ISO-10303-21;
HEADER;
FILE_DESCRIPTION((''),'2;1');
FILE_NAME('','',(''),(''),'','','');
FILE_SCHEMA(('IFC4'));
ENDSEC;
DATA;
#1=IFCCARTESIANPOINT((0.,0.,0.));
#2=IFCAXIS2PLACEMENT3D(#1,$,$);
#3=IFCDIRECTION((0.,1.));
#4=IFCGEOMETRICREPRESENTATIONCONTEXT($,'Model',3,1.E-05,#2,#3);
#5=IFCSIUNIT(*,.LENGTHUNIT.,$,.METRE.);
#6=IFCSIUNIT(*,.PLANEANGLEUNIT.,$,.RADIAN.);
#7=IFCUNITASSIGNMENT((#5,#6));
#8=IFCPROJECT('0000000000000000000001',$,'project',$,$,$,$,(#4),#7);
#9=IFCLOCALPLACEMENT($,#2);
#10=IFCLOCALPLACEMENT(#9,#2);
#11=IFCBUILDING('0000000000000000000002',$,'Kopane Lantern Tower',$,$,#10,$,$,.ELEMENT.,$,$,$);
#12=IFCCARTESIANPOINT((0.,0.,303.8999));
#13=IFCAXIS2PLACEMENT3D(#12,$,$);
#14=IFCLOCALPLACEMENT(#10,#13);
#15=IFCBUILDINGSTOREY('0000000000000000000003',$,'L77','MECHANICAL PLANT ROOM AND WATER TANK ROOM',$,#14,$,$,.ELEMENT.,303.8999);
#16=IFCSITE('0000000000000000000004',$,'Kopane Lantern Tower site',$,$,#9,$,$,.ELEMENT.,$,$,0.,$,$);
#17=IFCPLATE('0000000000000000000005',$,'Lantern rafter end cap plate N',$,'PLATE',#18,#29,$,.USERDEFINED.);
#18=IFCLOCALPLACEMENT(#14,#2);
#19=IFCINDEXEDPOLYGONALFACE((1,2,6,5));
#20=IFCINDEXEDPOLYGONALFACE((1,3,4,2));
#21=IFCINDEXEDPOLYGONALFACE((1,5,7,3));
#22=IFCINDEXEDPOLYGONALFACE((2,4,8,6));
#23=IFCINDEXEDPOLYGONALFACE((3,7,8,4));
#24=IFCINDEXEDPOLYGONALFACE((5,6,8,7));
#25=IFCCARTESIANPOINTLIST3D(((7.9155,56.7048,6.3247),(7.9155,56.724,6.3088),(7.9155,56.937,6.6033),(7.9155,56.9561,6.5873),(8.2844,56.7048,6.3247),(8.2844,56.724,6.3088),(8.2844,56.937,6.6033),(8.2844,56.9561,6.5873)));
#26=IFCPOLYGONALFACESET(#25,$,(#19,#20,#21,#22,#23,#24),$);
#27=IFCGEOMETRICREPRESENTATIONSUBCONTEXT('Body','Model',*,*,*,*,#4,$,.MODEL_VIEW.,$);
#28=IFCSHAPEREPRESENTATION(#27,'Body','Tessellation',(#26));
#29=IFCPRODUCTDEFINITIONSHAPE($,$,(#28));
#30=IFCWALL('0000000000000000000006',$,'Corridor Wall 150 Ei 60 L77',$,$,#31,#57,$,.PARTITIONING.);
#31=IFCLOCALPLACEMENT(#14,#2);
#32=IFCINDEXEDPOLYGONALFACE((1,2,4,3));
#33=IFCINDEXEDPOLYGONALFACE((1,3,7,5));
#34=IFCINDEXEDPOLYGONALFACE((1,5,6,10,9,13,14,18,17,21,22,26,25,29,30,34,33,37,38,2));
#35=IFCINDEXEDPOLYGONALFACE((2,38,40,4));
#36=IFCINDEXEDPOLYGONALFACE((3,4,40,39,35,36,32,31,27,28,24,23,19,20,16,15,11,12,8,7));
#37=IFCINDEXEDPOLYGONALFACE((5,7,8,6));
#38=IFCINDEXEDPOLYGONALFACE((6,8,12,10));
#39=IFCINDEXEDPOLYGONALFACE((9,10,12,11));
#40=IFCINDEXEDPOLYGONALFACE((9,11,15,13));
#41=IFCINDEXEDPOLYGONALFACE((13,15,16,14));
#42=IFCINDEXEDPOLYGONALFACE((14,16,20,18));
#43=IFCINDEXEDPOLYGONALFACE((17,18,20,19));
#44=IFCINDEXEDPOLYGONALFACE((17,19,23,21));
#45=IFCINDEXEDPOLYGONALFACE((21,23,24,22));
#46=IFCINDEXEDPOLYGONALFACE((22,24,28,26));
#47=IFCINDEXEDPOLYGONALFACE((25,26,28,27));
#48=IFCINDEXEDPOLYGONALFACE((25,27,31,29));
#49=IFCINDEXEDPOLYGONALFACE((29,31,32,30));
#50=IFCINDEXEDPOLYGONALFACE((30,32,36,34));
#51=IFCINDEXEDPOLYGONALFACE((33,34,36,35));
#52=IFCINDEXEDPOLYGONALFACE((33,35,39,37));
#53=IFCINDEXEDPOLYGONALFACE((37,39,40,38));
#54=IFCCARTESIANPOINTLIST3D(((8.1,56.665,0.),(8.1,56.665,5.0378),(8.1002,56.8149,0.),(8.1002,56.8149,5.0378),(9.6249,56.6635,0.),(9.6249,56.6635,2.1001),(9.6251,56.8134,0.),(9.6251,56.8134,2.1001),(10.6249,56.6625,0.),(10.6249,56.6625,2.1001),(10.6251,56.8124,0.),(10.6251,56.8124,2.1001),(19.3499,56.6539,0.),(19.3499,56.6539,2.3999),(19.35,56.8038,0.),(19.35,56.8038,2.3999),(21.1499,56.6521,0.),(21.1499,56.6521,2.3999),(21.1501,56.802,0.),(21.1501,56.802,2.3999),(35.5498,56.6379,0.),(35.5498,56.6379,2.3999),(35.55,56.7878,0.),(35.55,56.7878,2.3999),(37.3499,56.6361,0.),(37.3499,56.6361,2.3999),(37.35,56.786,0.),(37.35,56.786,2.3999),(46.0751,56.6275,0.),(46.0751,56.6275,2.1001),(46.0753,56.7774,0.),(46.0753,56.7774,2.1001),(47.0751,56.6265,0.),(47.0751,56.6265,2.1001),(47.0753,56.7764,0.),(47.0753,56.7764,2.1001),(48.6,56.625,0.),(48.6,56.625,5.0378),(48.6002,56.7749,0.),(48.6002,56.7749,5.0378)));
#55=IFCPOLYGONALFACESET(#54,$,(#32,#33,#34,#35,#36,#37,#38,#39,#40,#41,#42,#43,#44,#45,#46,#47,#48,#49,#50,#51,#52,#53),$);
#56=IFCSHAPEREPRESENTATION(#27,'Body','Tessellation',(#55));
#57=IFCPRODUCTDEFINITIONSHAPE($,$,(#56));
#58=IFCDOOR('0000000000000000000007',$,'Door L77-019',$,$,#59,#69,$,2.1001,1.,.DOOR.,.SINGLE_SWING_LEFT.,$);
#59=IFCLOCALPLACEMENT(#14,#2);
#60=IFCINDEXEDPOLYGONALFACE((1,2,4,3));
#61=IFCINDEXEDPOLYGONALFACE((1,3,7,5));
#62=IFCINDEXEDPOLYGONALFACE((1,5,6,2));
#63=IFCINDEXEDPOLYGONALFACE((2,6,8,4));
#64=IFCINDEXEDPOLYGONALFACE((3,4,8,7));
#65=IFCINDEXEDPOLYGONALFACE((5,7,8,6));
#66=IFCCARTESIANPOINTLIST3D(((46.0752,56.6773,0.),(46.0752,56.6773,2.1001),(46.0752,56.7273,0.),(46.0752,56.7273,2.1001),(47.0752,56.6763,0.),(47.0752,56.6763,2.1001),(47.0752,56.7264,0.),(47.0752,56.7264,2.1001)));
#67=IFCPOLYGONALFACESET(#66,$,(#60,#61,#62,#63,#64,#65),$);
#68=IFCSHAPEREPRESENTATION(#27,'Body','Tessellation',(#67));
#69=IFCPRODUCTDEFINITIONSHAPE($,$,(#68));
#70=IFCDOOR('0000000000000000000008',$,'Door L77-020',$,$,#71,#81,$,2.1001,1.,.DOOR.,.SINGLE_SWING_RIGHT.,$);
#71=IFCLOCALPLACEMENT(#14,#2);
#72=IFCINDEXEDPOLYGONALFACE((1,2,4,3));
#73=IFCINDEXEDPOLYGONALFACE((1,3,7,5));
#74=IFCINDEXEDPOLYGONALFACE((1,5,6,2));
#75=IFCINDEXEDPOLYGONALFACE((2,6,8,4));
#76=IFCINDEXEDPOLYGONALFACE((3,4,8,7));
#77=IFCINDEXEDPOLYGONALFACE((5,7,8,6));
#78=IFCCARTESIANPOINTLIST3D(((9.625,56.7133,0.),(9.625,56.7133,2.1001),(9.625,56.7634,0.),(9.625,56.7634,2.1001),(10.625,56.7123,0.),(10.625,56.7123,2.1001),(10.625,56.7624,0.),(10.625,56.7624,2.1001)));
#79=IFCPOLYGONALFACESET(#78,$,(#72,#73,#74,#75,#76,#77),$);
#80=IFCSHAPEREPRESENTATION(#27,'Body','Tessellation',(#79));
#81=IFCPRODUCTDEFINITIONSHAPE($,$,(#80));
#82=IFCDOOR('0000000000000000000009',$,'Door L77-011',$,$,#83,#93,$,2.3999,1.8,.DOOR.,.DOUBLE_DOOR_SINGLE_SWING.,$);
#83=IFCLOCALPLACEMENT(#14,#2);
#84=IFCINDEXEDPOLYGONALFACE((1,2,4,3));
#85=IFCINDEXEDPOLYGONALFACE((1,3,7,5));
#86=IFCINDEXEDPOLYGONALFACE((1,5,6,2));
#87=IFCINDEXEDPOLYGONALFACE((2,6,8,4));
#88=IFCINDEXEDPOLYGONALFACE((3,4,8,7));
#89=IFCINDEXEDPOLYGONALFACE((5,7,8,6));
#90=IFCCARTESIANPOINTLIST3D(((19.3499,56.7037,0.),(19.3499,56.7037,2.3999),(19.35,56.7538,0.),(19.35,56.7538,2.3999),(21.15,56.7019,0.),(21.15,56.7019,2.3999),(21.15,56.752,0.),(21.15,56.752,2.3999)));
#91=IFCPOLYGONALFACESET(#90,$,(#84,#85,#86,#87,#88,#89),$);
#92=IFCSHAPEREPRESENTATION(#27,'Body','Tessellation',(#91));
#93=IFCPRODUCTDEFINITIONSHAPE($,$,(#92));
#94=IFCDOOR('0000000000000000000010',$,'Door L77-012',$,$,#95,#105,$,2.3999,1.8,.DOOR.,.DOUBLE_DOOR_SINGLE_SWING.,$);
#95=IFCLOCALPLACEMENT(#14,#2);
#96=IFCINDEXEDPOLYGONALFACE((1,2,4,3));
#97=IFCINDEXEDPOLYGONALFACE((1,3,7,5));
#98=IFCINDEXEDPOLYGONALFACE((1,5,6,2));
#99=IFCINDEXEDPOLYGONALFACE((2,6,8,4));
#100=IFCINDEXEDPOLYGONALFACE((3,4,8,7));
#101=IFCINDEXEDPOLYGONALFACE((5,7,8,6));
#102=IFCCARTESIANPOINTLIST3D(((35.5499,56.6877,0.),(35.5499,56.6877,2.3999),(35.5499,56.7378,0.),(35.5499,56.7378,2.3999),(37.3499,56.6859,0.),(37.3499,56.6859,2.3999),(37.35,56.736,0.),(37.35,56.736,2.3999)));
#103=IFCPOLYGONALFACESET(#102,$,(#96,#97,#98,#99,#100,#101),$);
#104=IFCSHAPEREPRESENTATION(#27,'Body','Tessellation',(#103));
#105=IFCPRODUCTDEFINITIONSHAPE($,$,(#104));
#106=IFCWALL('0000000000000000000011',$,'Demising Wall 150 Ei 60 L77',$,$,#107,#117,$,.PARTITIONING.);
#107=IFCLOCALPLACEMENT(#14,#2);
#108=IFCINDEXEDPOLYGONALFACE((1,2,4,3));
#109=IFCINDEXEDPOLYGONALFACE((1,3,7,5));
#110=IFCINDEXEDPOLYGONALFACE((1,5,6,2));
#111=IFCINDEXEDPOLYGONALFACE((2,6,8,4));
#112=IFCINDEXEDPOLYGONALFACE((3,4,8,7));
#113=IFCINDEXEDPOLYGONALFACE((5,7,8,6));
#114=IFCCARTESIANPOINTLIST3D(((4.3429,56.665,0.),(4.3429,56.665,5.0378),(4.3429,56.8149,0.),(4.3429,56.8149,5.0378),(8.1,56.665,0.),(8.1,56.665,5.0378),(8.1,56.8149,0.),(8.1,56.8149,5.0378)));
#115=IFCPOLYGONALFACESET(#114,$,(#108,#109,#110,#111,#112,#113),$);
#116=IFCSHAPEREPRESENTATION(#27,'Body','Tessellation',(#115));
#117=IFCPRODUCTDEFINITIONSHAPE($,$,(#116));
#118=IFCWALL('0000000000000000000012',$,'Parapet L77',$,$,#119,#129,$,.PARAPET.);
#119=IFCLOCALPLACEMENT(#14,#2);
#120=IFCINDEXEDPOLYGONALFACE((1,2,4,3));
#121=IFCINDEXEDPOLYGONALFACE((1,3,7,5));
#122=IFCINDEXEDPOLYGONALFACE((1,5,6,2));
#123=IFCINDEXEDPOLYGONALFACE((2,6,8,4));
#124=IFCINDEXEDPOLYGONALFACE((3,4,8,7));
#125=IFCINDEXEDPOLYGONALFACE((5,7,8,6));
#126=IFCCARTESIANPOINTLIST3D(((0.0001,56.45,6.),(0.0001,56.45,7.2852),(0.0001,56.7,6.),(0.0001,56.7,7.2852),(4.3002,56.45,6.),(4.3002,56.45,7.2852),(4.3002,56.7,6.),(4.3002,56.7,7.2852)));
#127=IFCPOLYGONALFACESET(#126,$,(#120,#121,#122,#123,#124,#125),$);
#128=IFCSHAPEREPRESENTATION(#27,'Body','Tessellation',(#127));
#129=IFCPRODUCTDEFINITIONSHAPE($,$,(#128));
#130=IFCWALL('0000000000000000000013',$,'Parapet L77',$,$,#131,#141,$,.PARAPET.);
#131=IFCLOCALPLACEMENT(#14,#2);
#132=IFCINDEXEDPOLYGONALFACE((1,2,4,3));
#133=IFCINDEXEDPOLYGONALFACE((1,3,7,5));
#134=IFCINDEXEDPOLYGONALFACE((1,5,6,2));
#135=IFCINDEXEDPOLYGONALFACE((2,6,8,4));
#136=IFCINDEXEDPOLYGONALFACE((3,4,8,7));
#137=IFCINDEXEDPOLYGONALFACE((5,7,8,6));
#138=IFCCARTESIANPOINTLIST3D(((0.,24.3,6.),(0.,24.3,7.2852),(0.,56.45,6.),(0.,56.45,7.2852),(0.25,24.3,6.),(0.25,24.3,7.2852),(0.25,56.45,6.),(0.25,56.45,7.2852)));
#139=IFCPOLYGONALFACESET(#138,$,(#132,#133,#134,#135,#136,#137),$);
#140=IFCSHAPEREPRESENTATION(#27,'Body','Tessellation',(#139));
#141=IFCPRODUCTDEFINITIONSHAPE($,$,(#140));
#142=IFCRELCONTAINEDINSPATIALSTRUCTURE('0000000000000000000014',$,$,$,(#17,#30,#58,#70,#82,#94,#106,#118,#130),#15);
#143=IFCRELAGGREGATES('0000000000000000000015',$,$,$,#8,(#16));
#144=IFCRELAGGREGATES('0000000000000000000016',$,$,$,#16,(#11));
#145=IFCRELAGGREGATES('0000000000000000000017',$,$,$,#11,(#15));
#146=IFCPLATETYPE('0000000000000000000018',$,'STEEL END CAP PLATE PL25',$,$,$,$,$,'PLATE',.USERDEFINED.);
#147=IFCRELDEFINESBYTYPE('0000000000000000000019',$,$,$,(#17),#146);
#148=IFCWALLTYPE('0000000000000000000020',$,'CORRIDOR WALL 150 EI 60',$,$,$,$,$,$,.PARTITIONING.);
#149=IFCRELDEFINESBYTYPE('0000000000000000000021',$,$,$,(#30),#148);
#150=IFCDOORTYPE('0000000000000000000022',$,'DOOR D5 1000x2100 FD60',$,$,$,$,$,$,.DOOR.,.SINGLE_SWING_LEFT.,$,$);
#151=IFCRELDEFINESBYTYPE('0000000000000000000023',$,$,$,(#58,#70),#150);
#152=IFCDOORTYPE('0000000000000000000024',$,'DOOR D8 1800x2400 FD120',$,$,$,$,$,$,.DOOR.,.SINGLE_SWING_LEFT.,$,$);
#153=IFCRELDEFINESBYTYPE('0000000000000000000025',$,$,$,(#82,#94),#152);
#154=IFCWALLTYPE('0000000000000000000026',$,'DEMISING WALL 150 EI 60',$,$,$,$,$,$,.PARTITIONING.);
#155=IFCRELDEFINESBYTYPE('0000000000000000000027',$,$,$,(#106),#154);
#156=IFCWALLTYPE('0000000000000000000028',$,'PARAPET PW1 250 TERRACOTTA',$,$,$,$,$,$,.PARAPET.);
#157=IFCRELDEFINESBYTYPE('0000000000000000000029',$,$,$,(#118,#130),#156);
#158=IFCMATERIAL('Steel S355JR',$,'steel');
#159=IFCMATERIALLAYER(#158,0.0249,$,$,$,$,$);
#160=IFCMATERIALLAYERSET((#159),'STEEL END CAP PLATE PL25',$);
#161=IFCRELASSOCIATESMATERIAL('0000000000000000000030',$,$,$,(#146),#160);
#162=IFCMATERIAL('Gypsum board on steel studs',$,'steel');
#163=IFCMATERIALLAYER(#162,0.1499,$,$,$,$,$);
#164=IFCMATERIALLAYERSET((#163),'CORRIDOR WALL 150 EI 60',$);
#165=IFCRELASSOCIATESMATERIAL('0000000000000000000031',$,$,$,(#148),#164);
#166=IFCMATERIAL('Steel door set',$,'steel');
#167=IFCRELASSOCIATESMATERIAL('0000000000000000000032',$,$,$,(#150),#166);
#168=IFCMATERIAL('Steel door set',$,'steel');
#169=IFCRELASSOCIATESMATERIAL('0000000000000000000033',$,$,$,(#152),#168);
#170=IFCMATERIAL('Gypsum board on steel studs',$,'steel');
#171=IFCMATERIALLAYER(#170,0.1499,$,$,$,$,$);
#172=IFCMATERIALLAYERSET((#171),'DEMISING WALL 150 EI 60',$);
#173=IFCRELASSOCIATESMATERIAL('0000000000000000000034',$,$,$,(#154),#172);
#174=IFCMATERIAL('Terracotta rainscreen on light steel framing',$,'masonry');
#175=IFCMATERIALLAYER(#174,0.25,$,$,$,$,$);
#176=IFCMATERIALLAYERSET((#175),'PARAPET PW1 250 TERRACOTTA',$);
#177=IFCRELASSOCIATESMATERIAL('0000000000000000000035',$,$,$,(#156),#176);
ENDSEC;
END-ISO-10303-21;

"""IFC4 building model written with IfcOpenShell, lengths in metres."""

from ifc_helpers import new_model, si_unit, direction, frame, frame_2d, origin, place, context, subcontext, project, spatial, polyline, rectangle, outline, extrude, material, layer, layer_set, type_object, element, fill, save


model = new_model("IFC4")

# Units and contexts
model_context = context("Model", 3, precision=1e-05, world=origin(), true_north=direction((0.0, 1.0)))
body_context = subcontext(model_context, "Body", "Model", "MODEL_VIEW")
ifc_project = project(units=[si_unit("LENGTHUNIT", "METRE"), si_unit("PLANEANGLEUNIT", "RADIAN")], contexts=[model_context])

# Site, building, storey
site_placement = place(None, origin())
site = spatial("IfcSite", under=ifc_project, at=site_placement, Name="Kopane Lantern Tower site", CompositionType="ELEMENT", RefElevation=0.0)
building_placement = place(site_placement, origin())
building = spatial("IfcBuilding", under=site, at=building_placement, Name="Kopane Lantern Tower", CompositionType="ELEMENT")
storey_placement = place(building_placement, frame((0.0, 0.0, 303.8999)))
storey = spatial("IfcBuildingStorey", under=building, at=storey_placement, Name="L77", Description="MECHANICAL PLANT ROOM AND WATER TANK ROOM", CompositionType="ELEMENT", Elevation=303.8999)

# Plate
ifc_material_1 = material(Name="Steel S355JR", Category="steel")
ifc_layer_1 = layer(ifc_material_1, 0.0249)
ifc_layer_set_1 = layer_set([ifc_layer_1], Name="STEEL END CAP PLATE PL25")
plate_type_1 = type_object("IfcPlateType", Name="STEEL END CAP PLATE PL25", ElementType="PLATE", PredefinedType="USERDEFINED", material=ifc_layer_set_1)
plate_1_placement = place(storey_placement, frame((7.9155, 56.7048, 6.3247), z_axis=(0.0, -0.768166, 0.640251), x_axis=(1.0, 0.0, 0.0)))
element("IfcPlate", 1, at=plate_1_placement, inside=storey, type_object=plate_type_1, Name="Lantern rafter end cap plate N", ObjectType="PLATE", PredefinedType="USERDEFINED", context=body_context, shape_type="SweptSolid", body=[
    extrude(outline(polyline([(0.0, 0.0), (0.3689, 0.0), (0.3689, 0.3626), (0.0, 0.3626), (0.0, 0.0)])), origin(), (0.0, 0.0, -1.0), 0.0249),
])

# Wall, openings, doors
ifc_material_2 = material(Name="Gypsum board on steel studs", Category="steel")
ifc_layer_2 = layer(ifc_material_2, 0.1499)
ifc_layer_set_2 = layer_set([ifc_layer_2], Name="CORRIDOR WALL 150 EI 60")
wall_type_1 = type_object("IfcWallType", Name="CORRIDOR WALL 150 EI 60", PredefinedType="PARTITIONING", material=ifc_layer_set_2)
wall_1_placement = place(storey_placement, frame((8.1001, 56.74, 0.0), z_axis=(0.0, 0.0, 1.0), x_axis=(1.0, -0.000989, 0.0)))
wall_1 = element("IfcWall", 2, at=wall_1_placement, inside=storey, type_object=wall_type_1, Name="Corridor Wall 150 Ei 60 L77", PredefinedType="PARTITIONING", context=body_context, shape_type="SweptSolid", body=[
    extrude(rectangle(XDim=40.5, YDim=0.1499, at=frame_2d((20.25, 0.0))), origin(), (0.0, 0.0, 1.0), 5.0378),
])
opening_1_placement = place(wall_1_placement, frame((11.25, 0.0, 0.0)))
opening_1 = element("IfcOpeningElement", 3, at=opening_1_placement, cuts=wall_1, PredefinedType="OPENING", context=body_context, shape_type="SweptSolid", body=[
    extrude(rectangle(XDim=1.8, YDim=2.3999, at=frame_2d((0.8999, 1.2))), frame((0.0, 0.085, 0.0), z_axis=(0.0, -1.0, 0.0), x_axis=(1.0, 0.0, 0.0)), (0.0, 0.0, 1.0), 0.1699),
])
opening_2_placement = place(wall_1_placement, frame((27.45, 0.0, 0.0)))
opening_2 = element("IfcOpeningElement", 4, at=opening_2_placement, cuts=wall_1, PredefinedType="OPENING", context=body_context, shape_type="SweptSolid", body=[
    extrude(rectangle(XDim=1.8, YDim=2.3999, at=frame_2d((0.8999, 1.2))), frame((0.0, 0.085, 0.0), z_axis=(0.0, -1.0, 0.0), x_axis=(1.0, 0.0, 0.0)), (0.0, 0.0, 1.0), 0.1699),
])
opening_3_placement = place(wall_1_placement, frame((37.9751, 0.0, 0.0)))
opening_3 = element("IfcOpeningElement", 5, at=opening_3_placement, cuts=wall_1, PredefinedType="OPENING", context=body_context, shape_type="SweptSolid", body=[
    extrude(rectangle(XDim=1.0, YDim=2.1001, at=frame_2d((0.5, 1.05))), frame((0.0, 0.085, 0.0), z_axis=(0.0, -1.0, 0.0), x_axis=(1.0, 0.0, 0.0)), (0.0, 0.0, 1.0), 0.1699),
])
opening_4_placement = place(wall_1_placement, frame((1.5249, 0.0, 0.0)))
opening_4 = element("IfcOpeningElement", 6, at=opening_4_placement, cuts=wall_1, PredefinedType="OPENING", context=body_context, shape_type="SweptSolid", body=[
    extrude(rectangle(XDim=1.0, YDim=2.1001, at=frame_2d((0.5, 1.05))), frame((0.0, 0.085, 0.0), z_axis=(0.0, -1.0, 0.0), x_axis=(1.0, 0.0, 0.0)), (0.0, 0.0, 1.0), 0.1699),
])
ifc_material_3 = material(Name="Steel door set", Category="steel")
door_type_1 = type_object("IfcDoorType", Name="DOOR D5 1000x2100 FD60", OperationType="SINGLE_SWING_LEFT", PredefinedType="DOOR", material=ifc_material_3)
door_1_placement = place(opening_3_placement, origin())
door_1 = element("IfcDoor", 7, at=door_1_placement, inside=storey, type_object=door_type_1, Name="Door L77-019", OperationType="SINGLE_SWING_LEFT", OverallHeight=2.1001, OverallWidth=1.0, PredefinedType="DOOR", context=body_context, shape_type="SweptSolid", body=[
    extrude(rectangle(XDim=1.0, YDim=2.1001, at=frame_2d((0.5, 1.05))), frame((0.0, 0.0249, 0.0), z_axis=(0.0, -1.0, 0.0), x_axis=(1.0, 0.0, 0.0)), (0.0, 0.0, 1.0), 0.05),
])
fill(opening_3, door_1)
door_2_placement = place(opening_4_placement, origin())
door_2 = element("IfcDoor", 8, at=door_2_placement, inside=storey, type_object=door_type_1, Name="Door L77-020", OperationType="SINGLE_SWING_RIGHT", OverallHeight=2.1001, OverallWidth=1.0, PredefinedType="DOOR", context=body_context, shape_type="SweptSolid", body=[
    extrude(rectangle(XDim=1.0, YDim=2.1001, at=frame_2d((0.5, 1.05))), frame((0.0, 0.0249, 0.0), z_axis=(0.0, -1.0, 0.0), x_axis=(1.0, 0.0, 0.0)), (0.0, 0.0, 1.0), 0.05),
])
fill(opening_4, door_2)
ifc_material_4 = material(Name="Steel door set", Category="steel")
door_type_2 = type_object("IfcDoorType", Name="DOOR D8 1800x2400 FD120", OperationType="SINGLE_SWING_LEFT", PredefinedType="DOOR", material=ifc_material_4)
door_3_placement = place(opening_1_placement, origin())
door_3 = element("IfcDoor", 9, at=door_3_placement, inside=storey, type_object=door_type_2, Name="Door L77-011", OperationType="DOUBLE_DOOR_SINGLE_SWING", OverallHeight=2.3999, OverallWidth=1.8, PredefinedType="DOOR", context=body_context, shape_type="SweptSolid", body=[
    extrude(rectangle(XDim=1.8, YDim=2.3999, at=frame_2d((0.8999, 1.2))), frame((0.0, 0.0249, 0.0), z_axis=(0.0, -1.0, 0.0), x_axis=(1.0, 0.0, 0.0)), (0.0, 0.0, 1.0), 0.05),
])
fill(opening_1, door_3)
door_4_placement = place(opening_2_placement, origin())
door_4 = element("IfcDoor", 10, at=door_4_placement, inside=storey, type_object=door_type_2, Name="Door L77-012", OperationType="DOUBLE_DOOR_SINGLE_SWING", OverallHeight=2.3999, OverallWidth=1.8, PredefinedType="DOOR", context=body_context, shape_type="SweptSolid", body=[
    extrude(rectangle(XDim=1.8, YDim=2.3999, at=frame_2d((0.8999, 1.2))), frame((0.0, 0.0249, 0.0), z_axis=(0.0, -1.0, 0.0), x_axis=(1.0, 0.0, 0.0)), (0.0, 0.0, 1.0), 0.05),
])
fill(opening_2, door_4)

# Walls
ifc_material_5 = material(Name="Gypsum board on steel studs", Category="steel")
ifc_layer_3 = layer(ifc_material_5, 0.1499)
ifc_layer_set_3 = layer_set([ifc_layer_3], Name="DEMISING WALL 150 EI 60")
wall_type_2 = type_object("IfcWallType", Name="DEMISING WALL 150 EI 60", PredefinedType="PARTITIONING", material=ifc_layer_set_3)
wall_2_placement = place(storey_placement, frame((4.343, 56.74, 0.0), z_axis=(0.0, 0.0, 1.0), x_axis=(1.0, 0.0, 0.0)))
element("IfcWall", 11, at=wall_2_placement, inside=storey, type_object=wall_type_2, Name="Demising Wall 150 Ei 60 L77", PredefinedType="PARTITIONING", context=body_context, shape_type="SweptSolid", body=[
    extrude(rectangle(XDim=3.7571, YDim=0.1499, at=frame_2d((1.8784, 0.0))), origin(), (0.0, 0.0, 1.0), 5.0378),
])
ifc_material_6 = material(Name="Terracotta rainscreen on light steel framing", Category="masonry")
ifc_layer_4 = layer(ifc_material_6, 0.25)
ifc_layer_set_4 = layer_set([ifc_layer_4], Name="PARAPET PW1 250 TERRACOTTA")
wall_type_3 = type_object("IfcWallType", Name="PARAPET PW1 250 TERRACOTTA", PredefinedType="PARAPET", material=ifc_layer_set_4)
wall_3_placement = place(storey_placement, frame((4.3, 56.575, 6.0), z_axis=(0.0, 0.0, 1.0), x_axis=(-1.0, 0.0, 0.0)))
element("IfcWall", 12, at=wall_3_placement, inside=storey, type_object=wall_type_3, Name="Parapet L77", PredefinedType="PARAPET", context=body_context, shape_type="SweptSolid", body=[
    extrude(rectangle(XDim=4.3, YDim=0.25, at=frame_2d((2.1499, 0.0))), origin(), (0.0, 0.0, 1.0), 1.2852),
])
wall_4_placement = place(storey_placement, frame((0.125, 56.45, 6.0), z_axis=(0.0, 0.0, 1.0), x_axis=(0.0, -1.0, 0.0)))
element("IfcWall", 13, at=wall_4_placement, inside=storey, type_object=wall_type_3, Name="Parapet L77", PredefinedType="PARAPET", context=body_context, shape_type="SweptSolid", body=[
    extrude(rectangle(XDim=32.1499, YDim=0.25, at=frame_2d((16.075, 0.0))), origin(), (0.0, 0.0, 1.0), 1.2852),
])

save(model, "model.ifc")
